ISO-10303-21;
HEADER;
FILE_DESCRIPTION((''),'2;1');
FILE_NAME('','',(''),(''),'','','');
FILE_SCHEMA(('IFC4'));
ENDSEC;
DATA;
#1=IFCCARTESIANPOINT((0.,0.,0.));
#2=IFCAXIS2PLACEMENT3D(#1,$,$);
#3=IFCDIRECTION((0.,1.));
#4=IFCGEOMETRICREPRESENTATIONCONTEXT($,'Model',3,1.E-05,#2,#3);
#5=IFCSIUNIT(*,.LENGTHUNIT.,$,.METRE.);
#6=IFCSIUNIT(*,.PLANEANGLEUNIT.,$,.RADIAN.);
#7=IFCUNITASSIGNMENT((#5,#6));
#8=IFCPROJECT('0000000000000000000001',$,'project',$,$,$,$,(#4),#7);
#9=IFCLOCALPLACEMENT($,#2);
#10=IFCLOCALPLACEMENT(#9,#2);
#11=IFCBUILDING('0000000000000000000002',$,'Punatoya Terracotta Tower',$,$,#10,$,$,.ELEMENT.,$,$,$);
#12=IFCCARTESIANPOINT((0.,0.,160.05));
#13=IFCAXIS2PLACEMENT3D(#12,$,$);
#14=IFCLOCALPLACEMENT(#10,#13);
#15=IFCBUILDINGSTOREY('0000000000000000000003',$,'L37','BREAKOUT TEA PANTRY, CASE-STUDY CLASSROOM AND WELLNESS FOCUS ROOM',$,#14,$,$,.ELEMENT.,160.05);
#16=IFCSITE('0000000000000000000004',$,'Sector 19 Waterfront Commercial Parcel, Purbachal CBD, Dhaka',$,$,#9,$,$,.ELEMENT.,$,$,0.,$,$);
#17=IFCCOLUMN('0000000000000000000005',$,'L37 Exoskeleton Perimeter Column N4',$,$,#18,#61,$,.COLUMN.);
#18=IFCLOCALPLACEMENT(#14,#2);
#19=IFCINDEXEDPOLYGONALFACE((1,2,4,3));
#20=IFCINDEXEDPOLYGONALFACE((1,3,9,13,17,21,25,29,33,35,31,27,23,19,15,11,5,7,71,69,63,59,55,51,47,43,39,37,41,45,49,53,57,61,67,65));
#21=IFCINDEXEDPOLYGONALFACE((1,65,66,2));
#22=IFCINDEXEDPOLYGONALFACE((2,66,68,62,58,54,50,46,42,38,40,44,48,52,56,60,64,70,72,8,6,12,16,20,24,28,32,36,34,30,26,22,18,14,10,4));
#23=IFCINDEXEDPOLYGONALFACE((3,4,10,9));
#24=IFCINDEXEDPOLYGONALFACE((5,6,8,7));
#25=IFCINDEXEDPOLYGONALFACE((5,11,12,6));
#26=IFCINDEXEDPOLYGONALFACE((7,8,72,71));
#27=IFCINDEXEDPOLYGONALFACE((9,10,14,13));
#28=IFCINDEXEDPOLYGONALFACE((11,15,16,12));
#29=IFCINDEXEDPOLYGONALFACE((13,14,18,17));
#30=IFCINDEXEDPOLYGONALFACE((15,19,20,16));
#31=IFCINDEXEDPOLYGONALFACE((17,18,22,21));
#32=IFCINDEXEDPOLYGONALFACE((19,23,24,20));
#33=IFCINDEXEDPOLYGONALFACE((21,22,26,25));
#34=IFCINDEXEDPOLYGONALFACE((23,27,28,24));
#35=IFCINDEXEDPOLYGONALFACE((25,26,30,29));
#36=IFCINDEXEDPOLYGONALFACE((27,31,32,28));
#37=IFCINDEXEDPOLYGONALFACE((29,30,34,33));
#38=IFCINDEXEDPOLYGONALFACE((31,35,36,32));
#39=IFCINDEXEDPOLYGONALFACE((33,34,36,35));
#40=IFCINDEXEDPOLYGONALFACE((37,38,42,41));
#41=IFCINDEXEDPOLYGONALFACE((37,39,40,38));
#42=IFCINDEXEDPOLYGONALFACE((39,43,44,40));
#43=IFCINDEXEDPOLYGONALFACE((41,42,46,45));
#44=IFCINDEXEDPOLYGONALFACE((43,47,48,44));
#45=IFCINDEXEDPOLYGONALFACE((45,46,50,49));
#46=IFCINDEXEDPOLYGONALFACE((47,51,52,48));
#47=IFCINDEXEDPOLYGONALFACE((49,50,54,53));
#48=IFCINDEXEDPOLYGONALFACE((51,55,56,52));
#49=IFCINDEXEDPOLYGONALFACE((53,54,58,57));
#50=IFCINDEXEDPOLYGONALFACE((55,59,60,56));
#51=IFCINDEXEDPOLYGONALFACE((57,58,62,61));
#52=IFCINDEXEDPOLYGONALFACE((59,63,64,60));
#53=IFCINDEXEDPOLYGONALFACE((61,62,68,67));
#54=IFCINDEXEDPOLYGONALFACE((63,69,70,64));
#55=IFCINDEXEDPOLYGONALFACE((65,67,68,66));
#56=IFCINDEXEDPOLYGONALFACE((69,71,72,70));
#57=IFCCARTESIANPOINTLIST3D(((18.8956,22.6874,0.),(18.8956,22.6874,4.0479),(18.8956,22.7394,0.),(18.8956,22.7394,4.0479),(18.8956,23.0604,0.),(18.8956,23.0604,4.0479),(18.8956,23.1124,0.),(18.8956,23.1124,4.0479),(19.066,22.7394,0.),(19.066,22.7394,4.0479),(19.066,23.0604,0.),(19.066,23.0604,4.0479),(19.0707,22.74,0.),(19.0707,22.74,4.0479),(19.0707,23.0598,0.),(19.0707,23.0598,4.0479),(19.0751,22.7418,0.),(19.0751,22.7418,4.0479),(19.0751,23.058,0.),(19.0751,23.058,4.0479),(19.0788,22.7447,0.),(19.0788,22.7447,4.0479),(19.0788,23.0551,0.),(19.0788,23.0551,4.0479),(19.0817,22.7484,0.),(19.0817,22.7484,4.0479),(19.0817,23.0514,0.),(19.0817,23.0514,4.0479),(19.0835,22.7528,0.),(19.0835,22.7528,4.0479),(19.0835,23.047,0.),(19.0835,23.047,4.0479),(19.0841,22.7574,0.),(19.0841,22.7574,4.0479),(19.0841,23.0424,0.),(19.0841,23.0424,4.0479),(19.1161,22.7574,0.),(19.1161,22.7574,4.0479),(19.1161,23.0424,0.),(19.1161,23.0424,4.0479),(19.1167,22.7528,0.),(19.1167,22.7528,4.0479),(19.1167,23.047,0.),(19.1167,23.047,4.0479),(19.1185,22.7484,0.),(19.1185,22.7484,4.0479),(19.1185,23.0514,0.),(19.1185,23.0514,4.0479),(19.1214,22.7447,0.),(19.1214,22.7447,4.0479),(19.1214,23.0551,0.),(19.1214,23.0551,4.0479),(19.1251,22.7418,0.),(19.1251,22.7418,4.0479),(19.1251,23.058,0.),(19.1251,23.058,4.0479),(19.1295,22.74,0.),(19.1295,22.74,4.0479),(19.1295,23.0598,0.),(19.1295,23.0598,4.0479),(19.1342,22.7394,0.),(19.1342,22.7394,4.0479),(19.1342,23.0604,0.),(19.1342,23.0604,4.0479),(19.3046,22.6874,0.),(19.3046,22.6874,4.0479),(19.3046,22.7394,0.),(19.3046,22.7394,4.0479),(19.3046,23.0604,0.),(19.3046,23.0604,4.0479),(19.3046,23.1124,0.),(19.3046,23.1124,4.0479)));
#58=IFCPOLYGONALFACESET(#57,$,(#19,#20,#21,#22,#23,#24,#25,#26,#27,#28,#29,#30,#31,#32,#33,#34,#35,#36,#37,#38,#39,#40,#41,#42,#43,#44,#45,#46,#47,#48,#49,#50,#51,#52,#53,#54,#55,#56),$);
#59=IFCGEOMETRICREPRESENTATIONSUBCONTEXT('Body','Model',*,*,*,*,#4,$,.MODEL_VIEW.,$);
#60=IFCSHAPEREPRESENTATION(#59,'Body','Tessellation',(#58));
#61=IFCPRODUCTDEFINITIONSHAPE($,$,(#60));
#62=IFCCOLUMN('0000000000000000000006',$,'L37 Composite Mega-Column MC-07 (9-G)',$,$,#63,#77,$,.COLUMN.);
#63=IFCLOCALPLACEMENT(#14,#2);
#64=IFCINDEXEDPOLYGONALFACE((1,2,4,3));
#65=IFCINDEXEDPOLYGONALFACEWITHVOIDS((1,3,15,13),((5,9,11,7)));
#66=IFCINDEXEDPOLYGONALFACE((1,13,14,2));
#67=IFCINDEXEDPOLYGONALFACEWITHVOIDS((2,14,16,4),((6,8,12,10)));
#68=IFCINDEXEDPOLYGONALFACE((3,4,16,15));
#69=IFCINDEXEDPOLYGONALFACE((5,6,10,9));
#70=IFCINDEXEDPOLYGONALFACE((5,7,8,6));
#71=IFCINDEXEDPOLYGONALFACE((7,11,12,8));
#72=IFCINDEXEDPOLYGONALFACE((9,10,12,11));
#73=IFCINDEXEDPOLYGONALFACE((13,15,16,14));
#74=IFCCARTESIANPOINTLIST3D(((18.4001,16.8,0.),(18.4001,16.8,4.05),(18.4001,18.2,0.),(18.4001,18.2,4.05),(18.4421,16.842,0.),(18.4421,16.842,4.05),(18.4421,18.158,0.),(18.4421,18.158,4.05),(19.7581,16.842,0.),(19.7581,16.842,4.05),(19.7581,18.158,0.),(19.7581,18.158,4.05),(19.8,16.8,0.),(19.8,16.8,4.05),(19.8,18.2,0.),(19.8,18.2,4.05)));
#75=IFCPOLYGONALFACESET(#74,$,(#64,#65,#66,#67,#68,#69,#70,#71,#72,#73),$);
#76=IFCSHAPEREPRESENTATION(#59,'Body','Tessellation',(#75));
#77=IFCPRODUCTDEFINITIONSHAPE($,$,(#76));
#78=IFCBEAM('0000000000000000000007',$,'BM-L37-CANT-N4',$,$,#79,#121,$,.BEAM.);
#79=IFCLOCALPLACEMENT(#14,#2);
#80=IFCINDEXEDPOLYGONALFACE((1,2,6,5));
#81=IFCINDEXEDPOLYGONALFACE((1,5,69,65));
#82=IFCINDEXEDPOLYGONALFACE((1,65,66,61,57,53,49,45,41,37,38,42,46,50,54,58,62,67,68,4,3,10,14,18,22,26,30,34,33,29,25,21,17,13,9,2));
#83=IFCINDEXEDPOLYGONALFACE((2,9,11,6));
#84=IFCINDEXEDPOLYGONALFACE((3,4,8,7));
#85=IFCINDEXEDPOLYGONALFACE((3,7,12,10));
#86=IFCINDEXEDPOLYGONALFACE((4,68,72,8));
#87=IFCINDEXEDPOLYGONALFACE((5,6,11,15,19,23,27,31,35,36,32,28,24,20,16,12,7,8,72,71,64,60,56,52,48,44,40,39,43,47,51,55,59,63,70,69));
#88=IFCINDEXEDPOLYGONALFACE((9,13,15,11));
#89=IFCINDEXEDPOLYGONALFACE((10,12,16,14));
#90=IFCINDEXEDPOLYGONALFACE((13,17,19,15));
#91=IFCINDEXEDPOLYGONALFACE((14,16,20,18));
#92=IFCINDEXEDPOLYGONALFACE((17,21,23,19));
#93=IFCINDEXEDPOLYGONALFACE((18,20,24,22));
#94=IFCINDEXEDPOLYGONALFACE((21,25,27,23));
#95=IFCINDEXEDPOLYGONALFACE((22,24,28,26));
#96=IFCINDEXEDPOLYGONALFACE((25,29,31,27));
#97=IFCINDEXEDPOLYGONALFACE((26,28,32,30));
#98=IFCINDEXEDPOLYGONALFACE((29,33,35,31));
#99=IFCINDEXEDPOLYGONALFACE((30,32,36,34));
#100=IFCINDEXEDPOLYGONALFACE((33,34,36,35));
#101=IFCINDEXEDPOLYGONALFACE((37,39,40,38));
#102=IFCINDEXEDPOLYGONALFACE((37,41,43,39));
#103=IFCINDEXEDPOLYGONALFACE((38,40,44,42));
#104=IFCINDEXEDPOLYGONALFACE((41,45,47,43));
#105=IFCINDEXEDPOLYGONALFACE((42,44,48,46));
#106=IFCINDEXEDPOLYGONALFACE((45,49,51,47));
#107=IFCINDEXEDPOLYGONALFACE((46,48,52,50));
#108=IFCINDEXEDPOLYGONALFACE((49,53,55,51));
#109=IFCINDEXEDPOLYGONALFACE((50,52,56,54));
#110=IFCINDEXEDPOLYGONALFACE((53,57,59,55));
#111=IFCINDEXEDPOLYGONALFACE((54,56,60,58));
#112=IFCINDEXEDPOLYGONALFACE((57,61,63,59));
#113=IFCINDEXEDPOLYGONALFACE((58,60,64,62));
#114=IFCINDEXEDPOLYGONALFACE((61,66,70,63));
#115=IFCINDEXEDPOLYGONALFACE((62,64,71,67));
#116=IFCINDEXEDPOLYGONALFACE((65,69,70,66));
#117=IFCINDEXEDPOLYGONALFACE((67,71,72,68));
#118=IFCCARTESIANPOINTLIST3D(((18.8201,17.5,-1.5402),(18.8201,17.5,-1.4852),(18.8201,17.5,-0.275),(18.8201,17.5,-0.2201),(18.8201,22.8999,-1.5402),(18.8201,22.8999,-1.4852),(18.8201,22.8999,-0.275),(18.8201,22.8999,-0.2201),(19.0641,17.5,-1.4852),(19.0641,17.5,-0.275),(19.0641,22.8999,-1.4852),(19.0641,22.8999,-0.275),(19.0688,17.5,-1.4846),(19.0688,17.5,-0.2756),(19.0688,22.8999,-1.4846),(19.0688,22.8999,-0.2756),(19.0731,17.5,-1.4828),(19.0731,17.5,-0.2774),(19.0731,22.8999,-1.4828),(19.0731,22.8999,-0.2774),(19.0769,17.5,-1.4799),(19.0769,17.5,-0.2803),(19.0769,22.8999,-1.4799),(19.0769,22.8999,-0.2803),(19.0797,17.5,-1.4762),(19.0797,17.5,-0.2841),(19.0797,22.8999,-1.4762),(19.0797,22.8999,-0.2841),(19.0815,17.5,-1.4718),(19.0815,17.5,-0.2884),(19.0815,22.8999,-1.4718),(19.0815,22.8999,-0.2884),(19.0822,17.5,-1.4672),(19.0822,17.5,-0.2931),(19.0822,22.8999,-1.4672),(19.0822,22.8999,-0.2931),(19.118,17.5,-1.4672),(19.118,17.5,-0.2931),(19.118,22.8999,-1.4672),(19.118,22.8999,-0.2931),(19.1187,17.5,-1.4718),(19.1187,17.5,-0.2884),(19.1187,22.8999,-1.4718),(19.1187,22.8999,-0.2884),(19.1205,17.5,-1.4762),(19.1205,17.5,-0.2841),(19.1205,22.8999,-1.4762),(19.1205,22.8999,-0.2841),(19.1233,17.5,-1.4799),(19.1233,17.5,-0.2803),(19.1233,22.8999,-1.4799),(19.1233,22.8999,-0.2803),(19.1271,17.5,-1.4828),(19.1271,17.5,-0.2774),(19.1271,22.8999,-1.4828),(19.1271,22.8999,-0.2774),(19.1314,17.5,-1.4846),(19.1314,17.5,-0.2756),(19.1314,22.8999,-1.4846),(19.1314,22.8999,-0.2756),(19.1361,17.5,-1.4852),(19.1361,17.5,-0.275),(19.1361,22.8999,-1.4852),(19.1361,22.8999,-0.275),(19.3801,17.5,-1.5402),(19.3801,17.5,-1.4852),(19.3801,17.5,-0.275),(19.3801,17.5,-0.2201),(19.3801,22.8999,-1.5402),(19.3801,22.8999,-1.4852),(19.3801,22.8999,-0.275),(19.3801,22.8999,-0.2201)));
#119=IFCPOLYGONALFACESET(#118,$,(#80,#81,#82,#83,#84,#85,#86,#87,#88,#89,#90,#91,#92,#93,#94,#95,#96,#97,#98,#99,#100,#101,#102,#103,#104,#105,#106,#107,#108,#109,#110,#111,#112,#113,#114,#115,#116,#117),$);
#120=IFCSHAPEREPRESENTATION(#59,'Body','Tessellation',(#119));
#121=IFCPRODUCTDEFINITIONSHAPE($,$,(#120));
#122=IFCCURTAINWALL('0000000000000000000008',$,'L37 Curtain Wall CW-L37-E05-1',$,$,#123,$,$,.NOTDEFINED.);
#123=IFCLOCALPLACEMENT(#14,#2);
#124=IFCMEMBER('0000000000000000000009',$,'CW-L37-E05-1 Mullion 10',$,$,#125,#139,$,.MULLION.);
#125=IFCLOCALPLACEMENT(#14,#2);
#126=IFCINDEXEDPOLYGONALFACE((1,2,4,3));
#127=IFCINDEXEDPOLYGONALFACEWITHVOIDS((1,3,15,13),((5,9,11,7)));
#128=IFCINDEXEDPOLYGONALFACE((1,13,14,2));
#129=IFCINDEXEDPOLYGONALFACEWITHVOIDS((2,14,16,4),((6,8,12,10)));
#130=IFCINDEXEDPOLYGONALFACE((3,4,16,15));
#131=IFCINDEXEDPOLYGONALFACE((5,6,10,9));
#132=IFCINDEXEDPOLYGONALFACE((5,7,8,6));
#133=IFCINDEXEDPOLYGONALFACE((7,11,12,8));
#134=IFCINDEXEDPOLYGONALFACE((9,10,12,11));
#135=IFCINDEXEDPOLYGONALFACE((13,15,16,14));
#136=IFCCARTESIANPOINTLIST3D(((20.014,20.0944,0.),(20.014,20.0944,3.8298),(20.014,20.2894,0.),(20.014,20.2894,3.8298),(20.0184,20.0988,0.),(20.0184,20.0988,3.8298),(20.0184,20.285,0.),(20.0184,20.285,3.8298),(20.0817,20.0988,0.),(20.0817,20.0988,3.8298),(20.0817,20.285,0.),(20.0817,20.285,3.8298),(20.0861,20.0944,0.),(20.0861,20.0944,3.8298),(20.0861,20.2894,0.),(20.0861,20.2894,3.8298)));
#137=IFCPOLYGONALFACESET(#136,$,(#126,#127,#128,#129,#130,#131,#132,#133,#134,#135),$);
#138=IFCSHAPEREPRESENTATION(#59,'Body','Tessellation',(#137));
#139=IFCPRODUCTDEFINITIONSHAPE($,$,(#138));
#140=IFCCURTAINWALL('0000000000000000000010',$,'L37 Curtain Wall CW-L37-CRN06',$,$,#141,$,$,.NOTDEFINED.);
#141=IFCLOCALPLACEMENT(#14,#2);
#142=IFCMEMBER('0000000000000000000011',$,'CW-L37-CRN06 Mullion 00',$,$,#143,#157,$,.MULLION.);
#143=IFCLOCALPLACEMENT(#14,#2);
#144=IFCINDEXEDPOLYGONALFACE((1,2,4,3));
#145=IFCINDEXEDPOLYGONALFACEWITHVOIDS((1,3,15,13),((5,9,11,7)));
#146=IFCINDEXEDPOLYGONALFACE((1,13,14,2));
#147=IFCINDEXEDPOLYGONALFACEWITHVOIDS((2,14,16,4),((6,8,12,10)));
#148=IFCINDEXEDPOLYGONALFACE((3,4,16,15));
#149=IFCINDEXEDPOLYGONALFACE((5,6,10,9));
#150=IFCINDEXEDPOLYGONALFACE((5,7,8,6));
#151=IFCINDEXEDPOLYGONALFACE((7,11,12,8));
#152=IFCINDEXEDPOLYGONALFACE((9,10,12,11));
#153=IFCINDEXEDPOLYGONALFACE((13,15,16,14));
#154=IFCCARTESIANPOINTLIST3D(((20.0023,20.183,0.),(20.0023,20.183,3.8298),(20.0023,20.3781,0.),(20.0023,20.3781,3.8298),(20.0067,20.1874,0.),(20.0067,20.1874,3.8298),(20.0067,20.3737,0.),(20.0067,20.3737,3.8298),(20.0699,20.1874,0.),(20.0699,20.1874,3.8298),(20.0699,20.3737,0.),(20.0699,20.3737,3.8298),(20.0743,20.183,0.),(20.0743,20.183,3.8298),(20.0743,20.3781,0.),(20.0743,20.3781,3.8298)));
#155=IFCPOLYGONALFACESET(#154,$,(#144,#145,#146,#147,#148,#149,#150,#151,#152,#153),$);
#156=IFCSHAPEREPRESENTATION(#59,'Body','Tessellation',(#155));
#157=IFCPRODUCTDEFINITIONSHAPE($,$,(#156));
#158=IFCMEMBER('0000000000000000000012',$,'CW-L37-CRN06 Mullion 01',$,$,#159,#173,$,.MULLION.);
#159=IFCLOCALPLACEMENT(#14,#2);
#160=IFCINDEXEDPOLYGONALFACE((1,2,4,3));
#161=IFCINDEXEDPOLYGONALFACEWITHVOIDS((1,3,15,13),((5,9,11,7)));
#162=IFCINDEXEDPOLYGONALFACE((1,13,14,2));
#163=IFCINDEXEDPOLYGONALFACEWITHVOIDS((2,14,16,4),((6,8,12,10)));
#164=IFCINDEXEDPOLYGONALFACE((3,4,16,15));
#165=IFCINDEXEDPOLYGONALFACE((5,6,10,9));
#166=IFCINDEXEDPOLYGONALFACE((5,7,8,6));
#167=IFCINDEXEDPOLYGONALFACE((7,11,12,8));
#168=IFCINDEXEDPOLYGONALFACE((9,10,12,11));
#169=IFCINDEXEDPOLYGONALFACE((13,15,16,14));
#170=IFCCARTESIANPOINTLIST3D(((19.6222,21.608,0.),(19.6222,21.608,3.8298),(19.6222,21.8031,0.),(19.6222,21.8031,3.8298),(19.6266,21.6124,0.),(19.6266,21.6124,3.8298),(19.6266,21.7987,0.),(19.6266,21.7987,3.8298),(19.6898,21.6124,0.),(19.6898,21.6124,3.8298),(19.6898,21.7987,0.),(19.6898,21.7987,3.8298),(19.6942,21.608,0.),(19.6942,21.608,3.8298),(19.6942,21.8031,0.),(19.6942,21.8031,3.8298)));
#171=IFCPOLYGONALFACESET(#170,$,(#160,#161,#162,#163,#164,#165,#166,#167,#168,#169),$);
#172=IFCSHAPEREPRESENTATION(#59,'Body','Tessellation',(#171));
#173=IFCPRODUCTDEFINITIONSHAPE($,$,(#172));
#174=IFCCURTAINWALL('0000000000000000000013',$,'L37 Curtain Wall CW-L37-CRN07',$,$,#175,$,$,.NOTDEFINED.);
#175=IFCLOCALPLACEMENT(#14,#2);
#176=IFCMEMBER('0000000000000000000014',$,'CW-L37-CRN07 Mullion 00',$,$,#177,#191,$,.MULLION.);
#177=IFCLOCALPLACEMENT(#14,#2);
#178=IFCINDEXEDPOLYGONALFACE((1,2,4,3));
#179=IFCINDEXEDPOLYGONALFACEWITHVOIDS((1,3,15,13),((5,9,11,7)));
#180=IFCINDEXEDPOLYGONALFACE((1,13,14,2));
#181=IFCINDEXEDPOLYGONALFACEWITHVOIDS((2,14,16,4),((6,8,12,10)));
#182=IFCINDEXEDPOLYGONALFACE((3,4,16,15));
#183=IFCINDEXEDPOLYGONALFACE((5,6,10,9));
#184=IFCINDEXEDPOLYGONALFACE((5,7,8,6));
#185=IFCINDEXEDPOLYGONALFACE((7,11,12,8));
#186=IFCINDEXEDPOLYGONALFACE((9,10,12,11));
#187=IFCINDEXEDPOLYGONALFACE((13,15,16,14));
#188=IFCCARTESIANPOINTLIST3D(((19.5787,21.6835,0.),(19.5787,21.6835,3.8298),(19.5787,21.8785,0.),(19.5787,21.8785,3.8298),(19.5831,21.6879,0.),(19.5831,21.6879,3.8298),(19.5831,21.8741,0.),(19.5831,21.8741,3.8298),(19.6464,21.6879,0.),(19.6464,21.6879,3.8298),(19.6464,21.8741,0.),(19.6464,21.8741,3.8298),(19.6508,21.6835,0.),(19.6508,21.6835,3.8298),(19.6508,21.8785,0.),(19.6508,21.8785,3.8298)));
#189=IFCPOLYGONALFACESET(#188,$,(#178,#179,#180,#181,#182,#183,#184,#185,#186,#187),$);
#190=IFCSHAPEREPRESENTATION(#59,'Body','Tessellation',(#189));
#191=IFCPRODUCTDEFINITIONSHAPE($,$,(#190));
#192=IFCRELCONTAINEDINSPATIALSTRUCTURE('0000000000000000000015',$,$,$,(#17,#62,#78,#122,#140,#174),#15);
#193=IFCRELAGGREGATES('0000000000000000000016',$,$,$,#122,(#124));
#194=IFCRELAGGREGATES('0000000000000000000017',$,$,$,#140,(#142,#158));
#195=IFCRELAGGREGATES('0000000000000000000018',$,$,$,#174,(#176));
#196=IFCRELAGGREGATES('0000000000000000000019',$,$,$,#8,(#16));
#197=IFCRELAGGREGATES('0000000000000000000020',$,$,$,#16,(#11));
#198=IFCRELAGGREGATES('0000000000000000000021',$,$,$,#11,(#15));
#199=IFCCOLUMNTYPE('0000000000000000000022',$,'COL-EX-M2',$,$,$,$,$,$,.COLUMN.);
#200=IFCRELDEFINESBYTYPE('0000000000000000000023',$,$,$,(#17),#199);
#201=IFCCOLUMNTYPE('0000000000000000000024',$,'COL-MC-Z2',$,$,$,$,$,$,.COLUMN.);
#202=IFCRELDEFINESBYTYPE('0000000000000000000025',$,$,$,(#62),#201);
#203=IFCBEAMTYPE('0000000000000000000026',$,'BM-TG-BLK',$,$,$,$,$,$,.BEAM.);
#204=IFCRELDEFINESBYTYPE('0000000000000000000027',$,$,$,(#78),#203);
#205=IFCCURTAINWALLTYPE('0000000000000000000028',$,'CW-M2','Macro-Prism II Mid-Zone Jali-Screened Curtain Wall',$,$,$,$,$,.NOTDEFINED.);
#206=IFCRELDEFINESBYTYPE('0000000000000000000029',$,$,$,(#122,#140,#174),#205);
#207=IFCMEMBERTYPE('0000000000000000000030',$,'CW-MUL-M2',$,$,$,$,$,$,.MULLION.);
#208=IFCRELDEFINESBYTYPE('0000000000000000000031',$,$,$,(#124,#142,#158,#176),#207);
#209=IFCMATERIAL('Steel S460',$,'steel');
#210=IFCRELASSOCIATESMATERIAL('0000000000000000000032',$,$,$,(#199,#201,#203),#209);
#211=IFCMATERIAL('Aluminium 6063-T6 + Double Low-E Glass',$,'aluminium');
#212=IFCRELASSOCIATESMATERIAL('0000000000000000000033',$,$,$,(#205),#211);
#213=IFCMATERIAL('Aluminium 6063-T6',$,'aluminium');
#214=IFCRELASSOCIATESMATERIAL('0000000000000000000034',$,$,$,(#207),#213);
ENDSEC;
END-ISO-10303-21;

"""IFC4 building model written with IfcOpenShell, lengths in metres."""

from ifc_helpers import new_model, si_unit, direction, frame, origin, origin_2d, place, context, subcontext, project, spatial, hollow_rectangle, i_section, extrude, material, material_profile, profile_set, type_object, element, aggregate, save


model = new_model("IFC4")

# Units and contexts
model_context = context("Model", 3, precision=1e-05, world=origin(), true_north=direction((0.0, 1.0)))
body_context = subcontext(model_context, "Body", "Model", "MODEL_VIEW")
ifc_project = project(units=[si_unit("LENGTHUNIT", "METRE"), si_unit("PLANEANGLEUNIT", "RADIAN")], contexts=[model_context])

# Site, building, storey
site_placement = place(None, origin())
site = spatial("IfcSite", under=ifc_project, at=site_placement, Name="Sector 19 Waterfront Commercial Parcel, Purbachal CBD, Dhaka", CompositionType="ELEMENT", RefElevation=0.0)
building_placement = place(site_placement, origin())
building = spatial("IfcBuilding", under=site, at=building_placement, Name="Punatoya Terracotta Tower", CompositionType="ELEMENT")
storey_placement = place(building_placement, frame((0.0, 0.0, 160.05)))
storey = spatial("IfcBuildingStorey", under=building, at=storey_placement, Name="L37", Description="BREAKOUT TEA PANTRY, CASE-STUDY CLASSROOM AND WELLNESS FOCUS ROOM", CompositionType="ELEMENT", Elevation=160.05)

# Columns
ifc_material_1 = material(Name="Steel S460", Category="steel")
ifc_material_profile_1 = material_profile(ifc_material_1, i_section(OverallWidth=0.4089, OverallDepth=0.425, WebThickness=0.032, FlangeThickness=0.052, FilletRadius=0.0181, at=origin_2d()))
ifc_profile_set_1 = profile_set([ifc_material_profile_1], Name="Steel S460")
column_type_1 = type_object("IfcColumnType", Name="COL-EX-M2", PredefinedType="COLUMN", material=ifc_profile_set_1)
column_1_placement = place(storey_placement, frame((19.1001, 22.8999, 0.0), z_axis=(0.0, 0.0, 1.0), x_axis=(1.0, 0.0, 0.0)))
element("IfcColumn", 1, at=column_1_placement, inside=storey, type_object=column_type_1, Name="L37 Exoskeleton Perimeter Column N4", PredefinedType="COLUMN", context=body_context, shape_type="SweptSolid", body=[
    extrude(i_section(OverallWidth=0.4089, OverallDepth=0.425, WebThickness=0.032, FlangeThickness=0.052, FilletRadius=0.0181, at=origin_2d()), origin(), (0.0, 0.0, 1.0), 4.0479),
])
ifc_material_profile_2 = material_profile(ifc_material_1, hollow_rectangle(XDim=1.3999, YDim=1.3999, WallThickness=0.042, at=origin_2d()))
ifc_profile_set_2 = profile_set([ifc_material_profile_2], Name="Steel S460")
column_type_2 = type_object("IfcColumnType", Name="COL-MC-Z2", PredefinedType="COLUMN", material=ifc_profile_set_2)
column_2_placement = place(storey_placement, frame((19.1001, 17.5, 0.0), z_axis=(0.0, 0.0, 1.0), x_axis=(1.0, 0.0, 0.0)))
element("IfcColumn", 2, at=column_2_placement, inside=storey, type_object=column_type_2, Name="L37 Composite Mega-Column MC-07 (9-G)", PredefinedType="COLUMN", context=body_context, shape_type="SweptSolid", body=[
    extrude(hollow_rectangle(XDim=1.3999, YDim=1.3999, WallThickness=0.042, at=origin_2d()), origin(), (0.0, 0.0, 1.0), 4.05),
])

# Beam
ifc_material_profile_3 = material_profile(ifc_material_1, i_section(OverallWidth=0.5601, OverallDepth=1.3201, WebThickness=0.0359, FlangeThickness=0.0549, FilletRadius=0.0181, at=origin_2d()))
ifc_profile_set_3 = profile_set([ifc_material_profile_3], Name="Steel S460")
beam_type = type_object("IfcBeamType", Name="BM-TG-BLK", PredefinedType="BEAM", material=ifc_profile_set_3)
beam_placement = place(storey_placement, frame((19.1001, 17.5, -0.8801), z_axis=(0.0, 1.0, 0.0), x_axis=(-1.0, 0.0, 0.0)))
element("IfcBeam", 3, at=beam_placement, inside=storey, type_object=beam_type, Name="BM-L37-CANT-N4", PredefinedType="BEAM", context=body_context, shape_type="SweptSolid", body=[
    extrude(i_section(OverallWidth=0.5601, OverallDepth=1.3201, WebThickness=0.0359, FlangeThickness=0.0549, FilletRadius=0.0181, at=origin_2d()), origin(), (0.0, 0.0, 1.0), 5.3999),
])

# Curtain wall, member
ifc_material_2 = material(Name="Aluminium 6063-T6 + Double Low-E Glass", Category="aluminium")
curtain_wall_type = type_object("IfcCurtainWallType", Name="CW-M2", Description="Macro-Prism II Mid-Zone Jali-Screened Curtain Wall", PredefinedType="NOTDEFINED", material=ifc_material_2)
curtain_wall_1_placement = place(storey_placement, origin())
curtain_wall_1 = element("IfcCurtainWall", 4, at=curtain_wall_1_placement, inside=storey, type_object=curtain_wall_type, Name="L37 Curtain Wall CW-L37-E05-1", PredefinedType="NOTDEFINED")
ifc_material_3 = material(Name="Aluminium 6063-T6", Category="aluminium")
ifc_material_profile_4 = material_profile(ifc_material_3, hollow_rectangle(XDim=0.072, YDim=0.1951, WallThickness=0.0044, at=origin_2d()))
ifc_profile_set_4 = profile_set([ifc_material_profile_4], Name="Aluminium 6063-T6")
member_type_1 = type_object("IfcMemberType", Name="CW-MUL-M2", PredefinedType="MULLION", material=ifc_profile_set_4)
member_1_placement = place(storey_placement, frame((20.05, 20.1919, 0.0), z_axis=(0.0, 0.0, 1.0), x_axis=(1.0, 0.0, 0.0)))
member_1 = element("IfcMember", 5, at=member_1_placement, type_object=member_type_1, Name="CW-L37-E05-1 Mullion 10", PredefinedType="MULLION", context=body_context, shape_type="SweptSolid", body=[
    extrude(hollow_rectangle(XDim=0.072, YDim=0.1951, WallThickness=0.0044, at=origin_2d()), origin(), (0.0, 0.0, 1.0), 3.8298),
])

# Curtain walls, members
curtain_wall_2_placement = place(storey_placement, origin())
curtain_wall_2 = element("IfcCurtainWall", 6, at=curtain_wall_2_placement, inside=storey, type_object=curtain_wall_type, Name="L37 Curtain Wall CW-L37-CRN06", PredefinedType="NOTDEFINED")
member_2_placement = place(storey_placement, frame((20.0383, 20.2805, 0.0), z_axis=(0.0, 0.0, 1.0), x_axis=(1.0, 0.0, 0.0)))
member_2 = element("IfcMember", 7, at=member_2_placement, type_object=member_type_1, Name="CW-L37-CRN06 Mullion 00", PredefinedType="MULLION", context=body_context, shape_type="SweptSolid", body=[
    extrude(hollow_rectangle(XDim=0.072, YDim=0.1951, WallThickness=0.0044, at=origin_2d()), origin(), (0.0, 0.0, 1.0), 3.8298),
])
member_3_placement = place(storey_placement, frame((19.6582, 21.7056, 0.0), z_axis=(0.0, 0.0, 1.0), x_axis=(1.0, 0.0, 0.0)))
member_3 = element("IfcMember", 8, at=member_3_placement, type_object=member_type_1, Name="CW-L37-CRN06 Mullion 01", PredefinedType="MULLION", context=body_context, shape_type="SweptSolid", body=[
    extrude(hollow_rectangle(XDim=0.072, YDim=0.1951, WallThickness=0.0044, at=origin_2d()), origin(), (0.0, 0.0, 1.0), 3.8298),
])
curtain_wall_3_placement = place(storey_placement, origin())
curtain_wall_3 = element("IfcCurtainWall", 9, at=curtain_wall_3_placement, inside=storey, type_object=curtain_wall_type, Name="L37 Curtain Wall CW-L37-CRN07", PredefinedType="NOTDEFINED")
member_4_placement = place(storey_placement, frame((19.6147, 21.781, 0.0), z_axis=(0.0, 0.0, 1.0), x_axis=(1.0, 0.0, 0.0)))
member_4 = element("IfcMember", 10, at=member_4_placement, type_object=member_type_1, Name="CW-L37-CRN07 Mullion 00", PredefinedType="MULLION", context=body_context, shape_type="SweptSolid", body=[
    extrude(hollow_rectangle(XDim=0.072, YDim=0.1951, WallThickness=0.0044, at=origin_2d()), origin(), (0.0, 0.0, 1.0), 3.8298),
])

aggregate(curtain_wall_1, [member_1])
aggregate(curtain_wall_2, [member_2, member_3])
aggregate(curtain_wall_3, [member_4])

save(model, "model.ifc")
